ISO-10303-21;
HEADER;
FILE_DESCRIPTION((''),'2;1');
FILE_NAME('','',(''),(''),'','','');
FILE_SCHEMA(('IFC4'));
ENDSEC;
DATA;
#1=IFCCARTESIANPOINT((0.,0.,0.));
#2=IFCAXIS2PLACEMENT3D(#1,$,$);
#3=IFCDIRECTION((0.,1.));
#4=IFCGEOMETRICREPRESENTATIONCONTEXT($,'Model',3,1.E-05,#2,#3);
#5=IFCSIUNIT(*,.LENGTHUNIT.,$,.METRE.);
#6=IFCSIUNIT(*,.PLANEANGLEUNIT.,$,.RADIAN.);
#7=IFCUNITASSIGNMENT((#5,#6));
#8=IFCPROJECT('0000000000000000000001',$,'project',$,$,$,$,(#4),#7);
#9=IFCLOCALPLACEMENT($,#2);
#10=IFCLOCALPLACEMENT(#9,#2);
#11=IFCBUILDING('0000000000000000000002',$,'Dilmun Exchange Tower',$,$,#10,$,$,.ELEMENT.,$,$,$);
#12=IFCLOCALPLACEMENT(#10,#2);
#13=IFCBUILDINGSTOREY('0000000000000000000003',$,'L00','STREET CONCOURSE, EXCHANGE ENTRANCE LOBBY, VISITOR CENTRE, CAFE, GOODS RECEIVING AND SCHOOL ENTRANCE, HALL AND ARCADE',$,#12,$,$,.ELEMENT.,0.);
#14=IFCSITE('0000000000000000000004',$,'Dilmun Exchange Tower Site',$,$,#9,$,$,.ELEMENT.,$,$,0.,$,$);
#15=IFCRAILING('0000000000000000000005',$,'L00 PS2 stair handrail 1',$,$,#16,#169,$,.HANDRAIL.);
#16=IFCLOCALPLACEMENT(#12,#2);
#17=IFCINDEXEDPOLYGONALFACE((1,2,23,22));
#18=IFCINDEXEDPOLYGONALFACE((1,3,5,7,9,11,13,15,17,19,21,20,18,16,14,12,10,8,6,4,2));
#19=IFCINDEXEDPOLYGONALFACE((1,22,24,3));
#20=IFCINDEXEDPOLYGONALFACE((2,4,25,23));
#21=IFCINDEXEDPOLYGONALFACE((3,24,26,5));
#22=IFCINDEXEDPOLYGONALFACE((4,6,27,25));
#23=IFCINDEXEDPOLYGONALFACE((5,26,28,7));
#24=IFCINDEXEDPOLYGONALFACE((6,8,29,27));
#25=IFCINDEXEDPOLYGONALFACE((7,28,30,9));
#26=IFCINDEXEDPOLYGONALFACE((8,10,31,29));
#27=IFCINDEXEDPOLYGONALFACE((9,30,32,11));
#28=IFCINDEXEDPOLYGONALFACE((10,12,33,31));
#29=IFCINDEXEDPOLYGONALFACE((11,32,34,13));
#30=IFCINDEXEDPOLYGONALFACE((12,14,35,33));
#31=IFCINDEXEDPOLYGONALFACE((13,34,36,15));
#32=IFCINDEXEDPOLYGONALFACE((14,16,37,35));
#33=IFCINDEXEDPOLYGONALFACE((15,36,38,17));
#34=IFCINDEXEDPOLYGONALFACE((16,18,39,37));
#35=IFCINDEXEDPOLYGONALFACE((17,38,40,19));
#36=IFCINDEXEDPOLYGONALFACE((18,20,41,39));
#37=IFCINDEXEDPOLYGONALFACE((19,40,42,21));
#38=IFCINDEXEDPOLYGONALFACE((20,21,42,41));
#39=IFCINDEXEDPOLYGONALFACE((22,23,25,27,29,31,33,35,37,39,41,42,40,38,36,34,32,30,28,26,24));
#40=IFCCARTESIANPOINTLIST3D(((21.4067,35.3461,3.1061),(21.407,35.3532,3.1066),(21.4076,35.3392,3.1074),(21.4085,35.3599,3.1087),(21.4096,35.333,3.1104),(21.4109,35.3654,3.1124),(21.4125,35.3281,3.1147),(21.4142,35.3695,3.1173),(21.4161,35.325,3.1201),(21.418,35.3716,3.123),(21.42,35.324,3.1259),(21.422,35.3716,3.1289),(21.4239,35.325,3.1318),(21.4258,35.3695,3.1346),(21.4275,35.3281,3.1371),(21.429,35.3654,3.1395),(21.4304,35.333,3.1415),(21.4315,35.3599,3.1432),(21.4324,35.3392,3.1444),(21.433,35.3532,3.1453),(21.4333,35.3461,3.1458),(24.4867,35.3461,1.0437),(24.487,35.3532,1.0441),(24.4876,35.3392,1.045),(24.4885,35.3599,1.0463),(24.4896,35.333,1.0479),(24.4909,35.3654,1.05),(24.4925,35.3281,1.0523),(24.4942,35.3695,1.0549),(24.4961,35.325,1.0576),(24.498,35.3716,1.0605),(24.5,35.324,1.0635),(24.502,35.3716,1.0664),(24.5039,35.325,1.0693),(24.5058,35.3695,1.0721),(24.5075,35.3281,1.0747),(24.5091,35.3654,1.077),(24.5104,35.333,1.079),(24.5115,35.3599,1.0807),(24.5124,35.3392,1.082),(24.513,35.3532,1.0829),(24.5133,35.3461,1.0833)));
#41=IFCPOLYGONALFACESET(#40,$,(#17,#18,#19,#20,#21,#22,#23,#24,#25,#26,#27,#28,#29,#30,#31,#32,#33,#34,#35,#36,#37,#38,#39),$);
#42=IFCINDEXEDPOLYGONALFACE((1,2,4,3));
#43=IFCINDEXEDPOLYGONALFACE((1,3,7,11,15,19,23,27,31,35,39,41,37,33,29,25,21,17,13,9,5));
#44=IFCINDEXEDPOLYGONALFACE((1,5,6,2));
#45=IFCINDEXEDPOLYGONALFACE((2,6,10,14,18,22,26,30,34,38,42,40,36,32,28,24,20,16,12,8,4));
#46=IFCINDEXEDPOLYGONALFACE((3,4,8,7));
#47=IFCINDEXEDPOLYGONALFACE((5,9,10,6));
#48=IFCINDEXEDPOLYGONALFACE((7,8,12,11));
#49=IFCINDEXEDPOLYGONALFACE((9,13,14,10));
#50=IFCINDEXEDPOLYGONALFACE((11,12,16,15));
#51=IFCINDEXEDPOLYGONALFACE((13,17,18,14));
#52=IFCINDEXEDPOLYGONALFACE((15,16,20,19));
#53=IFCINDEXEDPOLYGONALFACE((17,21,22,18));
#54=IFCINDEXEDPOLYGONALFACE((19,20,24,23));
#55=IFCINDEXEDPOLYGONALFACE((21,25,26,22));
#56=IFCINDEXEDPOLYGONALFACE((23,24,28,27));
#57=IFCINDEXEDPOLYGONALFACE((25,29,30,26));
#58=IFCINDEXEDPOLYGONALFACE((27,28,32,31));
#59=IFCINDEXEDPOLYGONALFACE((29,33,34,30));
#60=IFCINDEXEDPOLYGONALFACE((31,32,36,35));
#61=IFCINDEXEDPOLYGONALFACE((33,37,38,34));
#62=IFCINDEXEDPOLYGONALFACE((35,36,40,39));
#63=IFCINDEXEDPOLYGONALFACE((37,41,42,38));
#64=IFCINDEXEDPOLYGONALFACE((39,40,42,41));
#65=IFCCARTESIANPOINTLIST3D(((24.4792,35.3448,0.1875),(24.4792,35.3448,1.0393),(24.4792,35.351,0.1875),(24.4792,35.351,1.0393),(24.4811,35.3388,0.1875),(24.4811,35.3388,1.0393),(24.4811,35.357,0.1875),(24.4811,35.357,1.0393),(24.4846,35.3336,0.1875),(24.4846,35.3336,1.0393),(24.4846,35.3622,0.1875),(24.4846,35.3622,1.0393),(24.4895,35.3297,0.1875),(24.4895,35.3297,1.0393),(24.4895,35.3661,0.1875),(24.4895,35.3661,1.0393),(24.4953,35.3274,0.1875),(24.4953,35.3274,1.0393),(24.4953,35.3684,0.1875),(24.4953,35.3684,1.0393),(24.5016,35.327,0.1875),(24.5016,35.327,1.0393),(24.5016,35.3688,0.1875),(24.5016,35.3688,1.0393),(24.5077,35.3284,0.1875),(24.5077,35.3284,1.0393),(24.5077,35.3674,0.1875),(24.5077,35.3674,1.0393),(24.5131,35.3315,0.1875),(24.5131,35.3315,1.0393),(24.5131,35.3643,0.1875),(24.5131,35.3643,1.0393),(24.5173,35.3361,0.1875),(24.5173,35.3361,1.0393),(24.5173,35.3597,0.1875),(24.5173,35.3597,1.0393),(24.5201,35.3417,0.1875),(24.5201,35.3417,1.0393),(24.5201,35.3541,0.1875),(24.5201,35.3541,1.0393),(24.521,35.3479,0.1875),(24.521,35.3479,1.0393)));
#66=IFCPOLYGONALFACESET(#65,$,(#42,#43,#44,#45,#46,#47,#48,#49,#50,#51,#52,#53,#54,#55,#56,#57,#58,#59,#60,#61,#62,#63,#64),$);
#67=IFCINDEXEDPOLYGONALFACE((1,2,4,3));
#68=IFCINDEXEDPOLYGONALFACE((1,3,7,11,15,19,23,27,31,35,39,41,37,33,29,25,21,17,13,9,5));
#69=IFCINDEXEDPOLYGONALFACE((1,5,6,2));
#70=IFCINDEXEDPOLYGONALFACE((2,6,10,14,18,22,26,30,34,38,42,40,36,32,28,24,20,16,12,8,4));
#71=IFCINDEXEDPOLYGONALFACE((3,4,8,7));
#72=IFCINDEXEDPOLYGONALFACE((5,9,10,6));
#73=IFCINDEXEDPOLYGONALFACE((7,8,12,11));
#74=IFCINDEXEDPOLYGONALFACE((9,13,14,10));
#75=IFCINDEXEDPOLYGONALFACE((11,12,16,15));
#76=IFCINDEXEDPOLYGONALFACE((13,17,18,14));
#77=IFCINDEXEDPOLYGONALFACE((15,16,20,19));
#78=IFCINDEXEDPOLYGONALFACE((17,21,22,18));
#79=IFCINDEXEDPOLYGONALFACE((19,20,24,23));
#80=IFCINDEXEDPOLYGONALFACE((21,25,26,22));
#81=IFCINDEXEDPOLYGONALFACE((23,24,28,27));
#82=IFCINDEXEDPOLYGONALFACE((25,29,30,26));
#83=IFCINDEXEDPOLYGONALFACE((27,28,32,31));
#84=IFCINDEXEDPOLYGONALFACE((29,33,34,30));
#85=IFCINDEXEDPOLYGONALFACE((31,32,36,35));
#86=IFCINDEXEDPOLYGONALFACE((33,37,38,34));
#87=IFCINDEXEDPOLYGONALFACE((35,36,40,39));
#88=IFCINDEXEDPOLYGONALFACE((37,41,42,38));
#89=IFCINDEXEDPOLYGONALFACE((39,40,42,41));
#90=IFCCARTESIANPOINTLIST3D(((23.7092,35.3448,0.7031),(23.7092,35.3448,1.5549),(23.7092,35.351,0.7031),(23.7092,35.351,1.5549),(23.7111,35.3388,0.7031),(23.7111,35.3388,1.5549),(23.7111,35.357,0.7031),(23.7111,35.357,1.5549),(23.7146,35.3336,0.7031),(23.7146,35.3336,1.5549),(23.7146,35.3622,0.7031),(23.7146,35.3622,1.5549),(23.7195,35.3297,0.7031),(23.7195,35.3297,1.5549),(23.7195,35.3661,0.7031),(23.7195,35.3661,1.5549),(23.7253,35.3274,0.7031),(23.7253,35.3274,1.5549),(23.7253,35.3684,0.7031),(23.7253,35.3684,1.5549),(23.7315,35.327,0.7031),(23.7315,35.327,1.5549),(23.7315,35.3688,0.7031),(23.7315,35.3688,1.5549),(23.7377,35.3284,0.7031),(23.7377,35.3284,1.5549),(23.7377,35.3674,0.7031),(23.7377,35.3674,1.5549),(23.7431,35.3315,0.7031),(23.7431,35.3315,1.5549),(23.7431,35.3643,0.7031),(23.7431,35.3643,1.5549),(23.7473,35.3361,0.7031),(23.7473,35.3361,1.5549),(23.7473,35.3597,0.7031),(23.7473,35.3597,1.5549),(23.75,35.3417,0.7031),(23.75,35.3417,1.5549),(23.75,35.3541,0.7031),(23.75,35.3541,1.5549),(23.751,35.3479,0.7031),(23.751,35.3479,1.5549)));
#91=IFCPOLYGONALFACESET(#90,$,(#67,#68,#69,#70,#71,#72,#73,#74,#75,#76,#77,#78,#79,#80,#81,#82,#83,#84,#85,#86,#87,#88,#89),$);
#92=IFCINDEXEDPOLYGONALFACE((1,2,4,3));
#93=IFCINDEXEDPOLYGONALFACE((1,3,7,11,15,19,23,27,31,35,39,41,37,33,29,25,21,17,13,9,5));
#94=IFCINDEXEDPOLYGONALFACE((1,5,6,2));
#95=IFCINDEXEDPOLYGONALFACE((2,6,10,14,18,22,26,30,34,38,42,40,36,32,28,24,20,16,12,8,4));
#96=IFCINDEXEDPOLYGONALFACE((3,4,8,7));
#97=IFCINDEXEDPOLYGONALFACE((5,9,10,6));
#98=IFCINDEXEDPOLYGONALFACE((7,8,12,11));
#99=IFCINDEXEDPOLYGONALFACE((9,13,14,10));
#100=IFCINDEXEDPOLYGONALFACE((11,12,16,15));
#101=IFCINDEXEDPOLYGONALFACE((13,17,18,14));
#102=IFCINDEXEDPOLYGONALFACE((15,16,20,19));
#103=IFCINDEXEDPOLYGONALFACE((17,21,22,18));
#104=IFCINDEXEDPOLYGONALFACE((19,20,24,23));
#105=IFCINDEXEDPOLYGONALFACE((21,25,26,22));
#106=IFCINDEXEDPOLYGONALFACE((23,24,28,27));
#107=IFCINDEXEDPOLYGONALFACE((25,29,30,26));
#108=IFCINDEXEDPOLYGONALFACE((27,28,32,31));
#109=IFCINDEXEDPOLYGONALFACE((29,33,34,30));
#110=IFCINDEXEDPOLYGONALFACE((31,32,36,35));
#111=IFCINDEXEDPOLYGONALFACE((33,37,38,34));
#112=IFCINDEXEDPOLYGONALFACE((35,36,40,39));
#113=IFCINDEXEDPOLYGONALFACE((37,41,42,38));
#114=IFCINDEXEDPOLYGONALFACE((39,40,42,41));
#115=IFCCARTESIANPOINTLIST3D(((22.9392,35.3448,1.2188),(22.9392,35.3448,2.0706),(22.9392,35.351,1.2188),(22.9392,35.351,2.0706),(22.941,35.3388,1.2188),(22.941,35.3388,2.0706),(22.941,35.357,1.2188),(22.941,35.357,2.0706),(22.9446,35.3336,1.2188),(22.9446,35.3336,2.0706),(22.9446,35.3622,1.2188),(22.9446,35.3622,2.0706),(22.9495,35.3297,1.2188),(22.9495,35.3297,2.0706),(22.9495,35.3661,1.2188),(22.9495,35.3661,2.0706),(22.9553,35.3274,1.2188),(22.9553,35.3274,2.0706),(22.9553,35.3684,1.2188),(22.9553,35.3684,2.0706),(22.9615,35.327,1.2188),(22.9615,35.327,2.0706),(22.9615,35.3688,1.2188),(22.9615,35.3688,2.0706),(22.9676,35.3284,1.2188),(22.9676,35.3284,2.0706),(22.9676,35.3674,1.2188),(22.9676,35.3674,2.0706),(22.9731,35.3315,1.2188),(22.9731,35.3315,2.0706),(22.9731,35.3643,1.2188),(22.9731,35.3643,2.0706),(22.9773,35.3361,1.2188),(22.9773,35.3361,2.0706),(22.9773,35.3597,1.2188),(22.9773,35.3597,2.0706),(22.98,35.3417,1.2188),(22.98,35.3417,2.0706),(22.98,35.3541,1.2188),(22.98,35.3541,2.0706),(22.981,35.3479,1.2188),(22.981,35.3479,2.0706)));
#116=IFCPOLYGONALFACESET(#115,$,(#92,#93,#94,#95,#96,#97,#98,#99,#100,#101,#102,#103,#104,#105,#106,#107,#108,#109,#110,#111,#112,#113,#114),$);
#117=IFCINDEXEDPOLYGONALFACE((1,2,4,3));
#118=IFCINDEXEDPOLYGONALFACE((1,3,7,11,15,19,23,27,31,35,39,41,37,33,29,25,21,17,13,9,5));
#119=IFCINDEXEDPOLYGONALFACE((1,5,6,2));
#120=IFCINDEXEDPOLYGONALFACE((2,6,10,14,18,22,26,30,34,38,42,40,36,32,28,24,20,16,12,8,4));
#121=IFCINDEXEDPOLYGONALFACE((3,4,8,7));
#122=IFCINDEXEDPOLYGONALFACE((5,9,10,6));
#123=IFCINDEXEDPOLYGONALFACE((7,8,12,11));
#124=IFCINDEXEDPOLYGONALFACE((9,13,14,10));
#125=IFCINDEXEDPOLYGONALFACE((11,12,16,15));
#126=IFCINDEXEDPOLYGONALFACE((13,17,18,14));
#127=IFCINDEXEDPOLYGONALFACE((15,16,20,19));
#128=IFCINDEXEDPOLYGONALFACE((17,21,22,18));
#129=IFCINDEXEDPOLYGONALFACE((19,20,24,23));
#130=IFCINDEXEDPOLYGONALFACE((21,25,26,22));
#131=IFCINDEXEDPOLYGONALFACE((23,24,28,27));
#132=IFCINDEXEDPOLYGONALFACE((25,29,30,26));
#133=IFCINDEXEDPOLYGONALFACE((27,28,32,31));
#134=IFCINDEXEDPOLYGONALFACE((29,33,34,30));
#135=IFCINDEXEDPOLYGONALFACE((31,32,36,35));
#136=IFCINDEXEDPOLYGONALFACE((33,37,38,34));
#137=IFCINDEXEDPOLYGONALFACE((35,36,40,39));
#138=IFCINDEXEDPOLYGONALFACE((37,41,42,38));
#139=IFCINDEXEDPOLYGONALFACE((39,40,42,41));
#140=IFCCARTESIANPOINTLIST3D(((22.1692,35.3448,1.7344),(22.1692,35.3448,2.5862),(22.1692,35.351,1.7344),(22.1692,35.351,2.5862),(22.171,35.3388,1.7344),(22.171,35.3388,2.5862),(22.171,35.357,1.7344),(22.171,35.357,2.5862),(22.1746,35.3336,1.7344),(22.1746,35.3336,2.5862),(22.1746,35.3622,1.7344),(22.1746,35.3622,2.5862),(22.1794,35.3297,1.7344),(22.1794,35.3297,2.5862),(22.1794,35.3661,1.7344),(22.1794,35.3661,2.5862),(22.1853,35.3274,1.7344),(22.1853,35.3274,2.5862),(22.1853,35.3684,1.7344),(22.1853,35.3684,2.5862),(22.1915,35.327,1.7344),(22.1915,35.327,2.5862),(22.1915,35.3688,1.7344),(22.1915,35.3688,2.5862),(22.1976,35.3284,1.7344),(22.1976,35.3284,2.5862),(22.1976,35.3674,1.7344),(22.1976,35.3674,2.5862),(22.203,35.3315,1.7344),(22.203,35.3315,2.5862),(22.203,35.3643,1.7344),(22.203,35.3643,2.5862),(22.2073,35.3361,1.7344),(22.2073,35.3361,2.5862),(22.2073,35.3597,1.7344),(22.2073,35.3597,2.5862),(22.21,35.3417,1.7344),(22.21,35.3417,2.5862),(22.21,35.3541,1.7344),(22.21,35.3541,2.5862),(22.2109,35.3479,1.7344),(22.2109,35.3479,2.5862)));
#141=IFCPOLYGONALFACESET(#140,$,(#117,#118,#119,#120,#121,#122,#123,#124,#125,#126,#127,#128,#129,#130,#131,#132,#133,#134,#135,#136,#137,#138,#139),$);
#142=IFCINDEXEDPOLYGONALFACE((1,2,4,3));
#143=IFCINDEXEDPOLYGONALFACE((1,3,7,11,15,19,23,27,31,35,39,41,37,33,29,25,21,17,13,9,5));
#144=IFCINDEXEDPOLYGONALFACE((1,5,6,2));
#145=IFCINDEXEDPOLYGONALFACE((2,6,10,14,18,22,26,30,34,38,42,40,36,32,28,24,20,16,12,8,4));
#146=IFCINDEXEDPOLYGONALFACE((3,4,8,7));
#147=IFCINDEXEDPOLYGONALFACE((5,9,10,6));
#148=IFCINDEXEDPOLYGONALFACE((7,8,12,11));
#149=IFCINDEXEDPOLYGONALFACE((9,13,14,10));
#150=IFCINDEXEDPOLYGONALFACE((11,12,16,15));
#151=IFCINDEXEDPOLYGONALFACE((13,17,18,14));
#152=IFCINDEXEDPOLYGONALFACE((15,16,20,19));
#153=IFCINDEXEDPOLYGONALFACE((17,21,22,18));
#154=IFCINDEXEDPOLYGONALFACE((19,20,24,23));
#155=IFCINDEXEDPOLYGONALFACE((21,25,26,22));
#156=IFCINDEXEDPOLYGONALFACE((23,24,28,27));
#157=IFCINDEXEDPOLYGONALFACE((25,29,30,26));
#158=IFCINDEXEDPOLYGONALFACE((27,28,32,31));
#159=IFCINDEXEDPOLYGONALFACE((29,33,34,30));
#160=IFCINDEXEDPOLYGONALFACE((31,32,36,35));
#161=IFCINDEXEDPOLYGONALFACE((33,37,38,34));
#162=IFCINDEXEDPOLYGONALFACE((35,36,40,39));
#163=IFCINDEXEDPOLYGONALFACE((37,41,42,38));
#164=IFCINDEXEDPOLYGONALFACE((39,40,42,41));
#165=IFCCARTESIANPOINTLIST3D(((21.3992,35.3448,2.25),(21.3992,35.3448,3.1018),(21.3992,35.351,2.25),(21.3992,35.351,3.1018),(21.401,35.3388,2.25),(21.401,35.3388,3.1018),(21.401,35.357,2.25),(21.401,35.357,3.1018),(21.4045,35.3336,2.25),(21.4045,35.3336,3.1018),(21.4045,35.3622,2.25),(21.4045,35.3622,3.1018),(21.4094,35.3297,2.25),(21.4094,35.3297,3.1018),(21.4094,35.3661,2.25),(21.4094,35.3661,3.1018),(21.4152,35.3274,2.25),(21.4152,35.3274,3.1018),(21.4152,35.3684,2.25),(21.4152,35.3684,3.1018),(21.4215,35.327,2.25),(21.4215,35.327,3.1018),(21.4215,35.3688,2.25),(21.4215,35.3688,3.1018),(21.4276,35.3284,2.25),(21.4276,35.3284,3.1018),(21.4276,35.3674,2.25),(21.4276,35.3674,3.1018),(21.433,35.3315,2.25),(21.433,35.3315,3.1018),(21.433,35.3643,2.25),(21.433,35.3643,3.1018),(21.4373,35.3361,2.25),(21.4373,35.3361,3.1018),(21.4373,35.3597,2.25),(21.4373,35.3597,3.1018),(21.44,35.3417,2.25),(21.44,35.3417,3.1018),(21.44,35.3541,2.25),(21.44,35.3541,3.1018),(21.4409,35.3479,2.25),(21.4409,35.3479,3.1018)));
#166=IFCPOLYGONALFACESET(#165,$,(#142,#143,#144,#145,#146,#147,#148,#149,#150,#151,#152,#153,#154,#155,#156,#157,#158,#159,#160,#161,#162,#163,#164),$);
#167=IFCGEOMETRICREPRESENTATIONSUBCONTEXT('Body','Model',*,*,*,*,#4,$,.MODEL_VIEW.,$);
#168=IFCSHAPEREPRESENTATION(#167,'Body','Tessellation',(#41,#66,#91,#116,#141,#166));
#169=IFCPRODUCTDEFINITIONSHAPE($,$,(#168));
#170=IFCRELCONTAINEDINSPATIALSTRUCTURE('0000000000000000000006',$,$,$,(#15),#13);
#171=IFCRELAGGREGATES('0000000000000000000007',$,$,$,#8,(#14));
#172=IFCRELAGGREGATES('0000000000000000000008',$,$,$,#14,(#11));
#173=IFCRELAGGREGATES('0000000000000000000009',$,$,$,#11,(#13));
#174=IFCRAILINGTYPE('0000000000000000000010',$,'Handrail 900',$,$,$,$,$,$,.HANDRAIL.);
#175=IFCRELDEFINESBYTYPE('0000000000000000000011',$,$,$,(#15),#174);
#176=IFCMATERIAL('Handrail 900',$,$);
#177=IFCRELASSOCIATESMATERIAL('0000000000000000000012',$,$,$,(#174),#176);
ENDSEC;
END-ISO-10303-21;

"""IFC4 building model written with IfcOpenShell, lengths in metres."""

from ifc_helpers import new_model, si_unit, direction, frame, origin, origin_2d, place, context, subcontext, project, spatial, circle, extrude, material, type_object, element, save


model = new_model("IFC4")

# Units and contexts
model_context = context("Model", 3, precision=1e-05, world=origin(), true_north=direction((0.0, 1.0)))
body_context = subcontext(model_context, "Body", "Model", "MODEL_VIEW")
ifc_project = project(units=[si_unit("LENGTHUNIT", "METRE"), si_unit("PLANEANGLEUNIT", "RADIAN")], contexts=[model_context])

# Site, building, storey
site_placement = place(None, origin())
site = spatial("IfcSite", under=ifc_project, at=site_placement, Name="Dilmun Exchange Tower Site", CompositionType="ELEMENT", RefElevation=0.0)
building_placement = place(site_placement, origin())
building = spatial("IfcBuilding", under=site, at=building_placement, Name="Dilmun Exchange Tower", CompositionType="ELEMENT")
storey_placement = place(building_placement, origin())
storey = spatial("IfcBuildingStorey", under=building, at=storey_placement, Name="L00", Description="STREET CONCOURSE, EXCHANGE ENTRANCE LOBBY, VISITOR CENTRE, CAFE, GOODS RECEIVING AND SCHOOL ENTRANCE, HALL AND ARCADE", CompositionType="ELEMENT", Elevation=0.0)

# Railing
ifc_material_1 = material(Name="Handrail 900")
railing_type_1 = type_object("IfcRailingType", Name="Handrail 900", PredefinedType="HANDRAIL", material=ifc_material_1)
railing_1_placement = place(storey_placement, frame((24.5, 35.3479, 0.1875)))
element("IfcRailing", 1, at=railing_1_placement, inside=storey, type_object=railing_type_1, Name="L00 PS2 stair handrail 1", PredefinedType="HANDRAIL", context=body_context, shape_type="SweptSolid", body=[
    extrude(circle(Radius=0.0239, at=origin_2d()), frame((0.0, 0.0, 0.876), z_axis=(-0.830914, 0.0, 0.556401), x_axis=(0.0, -1.0, 0.0)), (0.0, 0.0, 1.0), 3.7068),
    extrude(circle(Radius=0.021, at=origin_2d()), origin(), (0.0, 0.0, 1.0), 0.8518),
    extrude(circle(Radius=0.021, at=origin_2d()), frame((-0.77, 0.0, 0.5156)), (0.0, 0.0, 1.0), 0.8518),
    extrude(circle(Radius=0.021, at=origin_2d()), frame((-1.54, 0.0, 1.0312)), (0.0, 0.0, 1.0), 0.8518),
    extrude(circle(Radius=0.021, at=origin_2d()), frame((-2.3101, 0.0, 1.5469)), (0.0, 0.0, 1.0), 0.8518),
    extrude(circle(Radius=0.021, at=origin_2d()), frame((-3.0801, 0.0, 2.0625)), (0.0, 0.0, 1.0), 0.8518),
])

save(model, "model.ifc")
